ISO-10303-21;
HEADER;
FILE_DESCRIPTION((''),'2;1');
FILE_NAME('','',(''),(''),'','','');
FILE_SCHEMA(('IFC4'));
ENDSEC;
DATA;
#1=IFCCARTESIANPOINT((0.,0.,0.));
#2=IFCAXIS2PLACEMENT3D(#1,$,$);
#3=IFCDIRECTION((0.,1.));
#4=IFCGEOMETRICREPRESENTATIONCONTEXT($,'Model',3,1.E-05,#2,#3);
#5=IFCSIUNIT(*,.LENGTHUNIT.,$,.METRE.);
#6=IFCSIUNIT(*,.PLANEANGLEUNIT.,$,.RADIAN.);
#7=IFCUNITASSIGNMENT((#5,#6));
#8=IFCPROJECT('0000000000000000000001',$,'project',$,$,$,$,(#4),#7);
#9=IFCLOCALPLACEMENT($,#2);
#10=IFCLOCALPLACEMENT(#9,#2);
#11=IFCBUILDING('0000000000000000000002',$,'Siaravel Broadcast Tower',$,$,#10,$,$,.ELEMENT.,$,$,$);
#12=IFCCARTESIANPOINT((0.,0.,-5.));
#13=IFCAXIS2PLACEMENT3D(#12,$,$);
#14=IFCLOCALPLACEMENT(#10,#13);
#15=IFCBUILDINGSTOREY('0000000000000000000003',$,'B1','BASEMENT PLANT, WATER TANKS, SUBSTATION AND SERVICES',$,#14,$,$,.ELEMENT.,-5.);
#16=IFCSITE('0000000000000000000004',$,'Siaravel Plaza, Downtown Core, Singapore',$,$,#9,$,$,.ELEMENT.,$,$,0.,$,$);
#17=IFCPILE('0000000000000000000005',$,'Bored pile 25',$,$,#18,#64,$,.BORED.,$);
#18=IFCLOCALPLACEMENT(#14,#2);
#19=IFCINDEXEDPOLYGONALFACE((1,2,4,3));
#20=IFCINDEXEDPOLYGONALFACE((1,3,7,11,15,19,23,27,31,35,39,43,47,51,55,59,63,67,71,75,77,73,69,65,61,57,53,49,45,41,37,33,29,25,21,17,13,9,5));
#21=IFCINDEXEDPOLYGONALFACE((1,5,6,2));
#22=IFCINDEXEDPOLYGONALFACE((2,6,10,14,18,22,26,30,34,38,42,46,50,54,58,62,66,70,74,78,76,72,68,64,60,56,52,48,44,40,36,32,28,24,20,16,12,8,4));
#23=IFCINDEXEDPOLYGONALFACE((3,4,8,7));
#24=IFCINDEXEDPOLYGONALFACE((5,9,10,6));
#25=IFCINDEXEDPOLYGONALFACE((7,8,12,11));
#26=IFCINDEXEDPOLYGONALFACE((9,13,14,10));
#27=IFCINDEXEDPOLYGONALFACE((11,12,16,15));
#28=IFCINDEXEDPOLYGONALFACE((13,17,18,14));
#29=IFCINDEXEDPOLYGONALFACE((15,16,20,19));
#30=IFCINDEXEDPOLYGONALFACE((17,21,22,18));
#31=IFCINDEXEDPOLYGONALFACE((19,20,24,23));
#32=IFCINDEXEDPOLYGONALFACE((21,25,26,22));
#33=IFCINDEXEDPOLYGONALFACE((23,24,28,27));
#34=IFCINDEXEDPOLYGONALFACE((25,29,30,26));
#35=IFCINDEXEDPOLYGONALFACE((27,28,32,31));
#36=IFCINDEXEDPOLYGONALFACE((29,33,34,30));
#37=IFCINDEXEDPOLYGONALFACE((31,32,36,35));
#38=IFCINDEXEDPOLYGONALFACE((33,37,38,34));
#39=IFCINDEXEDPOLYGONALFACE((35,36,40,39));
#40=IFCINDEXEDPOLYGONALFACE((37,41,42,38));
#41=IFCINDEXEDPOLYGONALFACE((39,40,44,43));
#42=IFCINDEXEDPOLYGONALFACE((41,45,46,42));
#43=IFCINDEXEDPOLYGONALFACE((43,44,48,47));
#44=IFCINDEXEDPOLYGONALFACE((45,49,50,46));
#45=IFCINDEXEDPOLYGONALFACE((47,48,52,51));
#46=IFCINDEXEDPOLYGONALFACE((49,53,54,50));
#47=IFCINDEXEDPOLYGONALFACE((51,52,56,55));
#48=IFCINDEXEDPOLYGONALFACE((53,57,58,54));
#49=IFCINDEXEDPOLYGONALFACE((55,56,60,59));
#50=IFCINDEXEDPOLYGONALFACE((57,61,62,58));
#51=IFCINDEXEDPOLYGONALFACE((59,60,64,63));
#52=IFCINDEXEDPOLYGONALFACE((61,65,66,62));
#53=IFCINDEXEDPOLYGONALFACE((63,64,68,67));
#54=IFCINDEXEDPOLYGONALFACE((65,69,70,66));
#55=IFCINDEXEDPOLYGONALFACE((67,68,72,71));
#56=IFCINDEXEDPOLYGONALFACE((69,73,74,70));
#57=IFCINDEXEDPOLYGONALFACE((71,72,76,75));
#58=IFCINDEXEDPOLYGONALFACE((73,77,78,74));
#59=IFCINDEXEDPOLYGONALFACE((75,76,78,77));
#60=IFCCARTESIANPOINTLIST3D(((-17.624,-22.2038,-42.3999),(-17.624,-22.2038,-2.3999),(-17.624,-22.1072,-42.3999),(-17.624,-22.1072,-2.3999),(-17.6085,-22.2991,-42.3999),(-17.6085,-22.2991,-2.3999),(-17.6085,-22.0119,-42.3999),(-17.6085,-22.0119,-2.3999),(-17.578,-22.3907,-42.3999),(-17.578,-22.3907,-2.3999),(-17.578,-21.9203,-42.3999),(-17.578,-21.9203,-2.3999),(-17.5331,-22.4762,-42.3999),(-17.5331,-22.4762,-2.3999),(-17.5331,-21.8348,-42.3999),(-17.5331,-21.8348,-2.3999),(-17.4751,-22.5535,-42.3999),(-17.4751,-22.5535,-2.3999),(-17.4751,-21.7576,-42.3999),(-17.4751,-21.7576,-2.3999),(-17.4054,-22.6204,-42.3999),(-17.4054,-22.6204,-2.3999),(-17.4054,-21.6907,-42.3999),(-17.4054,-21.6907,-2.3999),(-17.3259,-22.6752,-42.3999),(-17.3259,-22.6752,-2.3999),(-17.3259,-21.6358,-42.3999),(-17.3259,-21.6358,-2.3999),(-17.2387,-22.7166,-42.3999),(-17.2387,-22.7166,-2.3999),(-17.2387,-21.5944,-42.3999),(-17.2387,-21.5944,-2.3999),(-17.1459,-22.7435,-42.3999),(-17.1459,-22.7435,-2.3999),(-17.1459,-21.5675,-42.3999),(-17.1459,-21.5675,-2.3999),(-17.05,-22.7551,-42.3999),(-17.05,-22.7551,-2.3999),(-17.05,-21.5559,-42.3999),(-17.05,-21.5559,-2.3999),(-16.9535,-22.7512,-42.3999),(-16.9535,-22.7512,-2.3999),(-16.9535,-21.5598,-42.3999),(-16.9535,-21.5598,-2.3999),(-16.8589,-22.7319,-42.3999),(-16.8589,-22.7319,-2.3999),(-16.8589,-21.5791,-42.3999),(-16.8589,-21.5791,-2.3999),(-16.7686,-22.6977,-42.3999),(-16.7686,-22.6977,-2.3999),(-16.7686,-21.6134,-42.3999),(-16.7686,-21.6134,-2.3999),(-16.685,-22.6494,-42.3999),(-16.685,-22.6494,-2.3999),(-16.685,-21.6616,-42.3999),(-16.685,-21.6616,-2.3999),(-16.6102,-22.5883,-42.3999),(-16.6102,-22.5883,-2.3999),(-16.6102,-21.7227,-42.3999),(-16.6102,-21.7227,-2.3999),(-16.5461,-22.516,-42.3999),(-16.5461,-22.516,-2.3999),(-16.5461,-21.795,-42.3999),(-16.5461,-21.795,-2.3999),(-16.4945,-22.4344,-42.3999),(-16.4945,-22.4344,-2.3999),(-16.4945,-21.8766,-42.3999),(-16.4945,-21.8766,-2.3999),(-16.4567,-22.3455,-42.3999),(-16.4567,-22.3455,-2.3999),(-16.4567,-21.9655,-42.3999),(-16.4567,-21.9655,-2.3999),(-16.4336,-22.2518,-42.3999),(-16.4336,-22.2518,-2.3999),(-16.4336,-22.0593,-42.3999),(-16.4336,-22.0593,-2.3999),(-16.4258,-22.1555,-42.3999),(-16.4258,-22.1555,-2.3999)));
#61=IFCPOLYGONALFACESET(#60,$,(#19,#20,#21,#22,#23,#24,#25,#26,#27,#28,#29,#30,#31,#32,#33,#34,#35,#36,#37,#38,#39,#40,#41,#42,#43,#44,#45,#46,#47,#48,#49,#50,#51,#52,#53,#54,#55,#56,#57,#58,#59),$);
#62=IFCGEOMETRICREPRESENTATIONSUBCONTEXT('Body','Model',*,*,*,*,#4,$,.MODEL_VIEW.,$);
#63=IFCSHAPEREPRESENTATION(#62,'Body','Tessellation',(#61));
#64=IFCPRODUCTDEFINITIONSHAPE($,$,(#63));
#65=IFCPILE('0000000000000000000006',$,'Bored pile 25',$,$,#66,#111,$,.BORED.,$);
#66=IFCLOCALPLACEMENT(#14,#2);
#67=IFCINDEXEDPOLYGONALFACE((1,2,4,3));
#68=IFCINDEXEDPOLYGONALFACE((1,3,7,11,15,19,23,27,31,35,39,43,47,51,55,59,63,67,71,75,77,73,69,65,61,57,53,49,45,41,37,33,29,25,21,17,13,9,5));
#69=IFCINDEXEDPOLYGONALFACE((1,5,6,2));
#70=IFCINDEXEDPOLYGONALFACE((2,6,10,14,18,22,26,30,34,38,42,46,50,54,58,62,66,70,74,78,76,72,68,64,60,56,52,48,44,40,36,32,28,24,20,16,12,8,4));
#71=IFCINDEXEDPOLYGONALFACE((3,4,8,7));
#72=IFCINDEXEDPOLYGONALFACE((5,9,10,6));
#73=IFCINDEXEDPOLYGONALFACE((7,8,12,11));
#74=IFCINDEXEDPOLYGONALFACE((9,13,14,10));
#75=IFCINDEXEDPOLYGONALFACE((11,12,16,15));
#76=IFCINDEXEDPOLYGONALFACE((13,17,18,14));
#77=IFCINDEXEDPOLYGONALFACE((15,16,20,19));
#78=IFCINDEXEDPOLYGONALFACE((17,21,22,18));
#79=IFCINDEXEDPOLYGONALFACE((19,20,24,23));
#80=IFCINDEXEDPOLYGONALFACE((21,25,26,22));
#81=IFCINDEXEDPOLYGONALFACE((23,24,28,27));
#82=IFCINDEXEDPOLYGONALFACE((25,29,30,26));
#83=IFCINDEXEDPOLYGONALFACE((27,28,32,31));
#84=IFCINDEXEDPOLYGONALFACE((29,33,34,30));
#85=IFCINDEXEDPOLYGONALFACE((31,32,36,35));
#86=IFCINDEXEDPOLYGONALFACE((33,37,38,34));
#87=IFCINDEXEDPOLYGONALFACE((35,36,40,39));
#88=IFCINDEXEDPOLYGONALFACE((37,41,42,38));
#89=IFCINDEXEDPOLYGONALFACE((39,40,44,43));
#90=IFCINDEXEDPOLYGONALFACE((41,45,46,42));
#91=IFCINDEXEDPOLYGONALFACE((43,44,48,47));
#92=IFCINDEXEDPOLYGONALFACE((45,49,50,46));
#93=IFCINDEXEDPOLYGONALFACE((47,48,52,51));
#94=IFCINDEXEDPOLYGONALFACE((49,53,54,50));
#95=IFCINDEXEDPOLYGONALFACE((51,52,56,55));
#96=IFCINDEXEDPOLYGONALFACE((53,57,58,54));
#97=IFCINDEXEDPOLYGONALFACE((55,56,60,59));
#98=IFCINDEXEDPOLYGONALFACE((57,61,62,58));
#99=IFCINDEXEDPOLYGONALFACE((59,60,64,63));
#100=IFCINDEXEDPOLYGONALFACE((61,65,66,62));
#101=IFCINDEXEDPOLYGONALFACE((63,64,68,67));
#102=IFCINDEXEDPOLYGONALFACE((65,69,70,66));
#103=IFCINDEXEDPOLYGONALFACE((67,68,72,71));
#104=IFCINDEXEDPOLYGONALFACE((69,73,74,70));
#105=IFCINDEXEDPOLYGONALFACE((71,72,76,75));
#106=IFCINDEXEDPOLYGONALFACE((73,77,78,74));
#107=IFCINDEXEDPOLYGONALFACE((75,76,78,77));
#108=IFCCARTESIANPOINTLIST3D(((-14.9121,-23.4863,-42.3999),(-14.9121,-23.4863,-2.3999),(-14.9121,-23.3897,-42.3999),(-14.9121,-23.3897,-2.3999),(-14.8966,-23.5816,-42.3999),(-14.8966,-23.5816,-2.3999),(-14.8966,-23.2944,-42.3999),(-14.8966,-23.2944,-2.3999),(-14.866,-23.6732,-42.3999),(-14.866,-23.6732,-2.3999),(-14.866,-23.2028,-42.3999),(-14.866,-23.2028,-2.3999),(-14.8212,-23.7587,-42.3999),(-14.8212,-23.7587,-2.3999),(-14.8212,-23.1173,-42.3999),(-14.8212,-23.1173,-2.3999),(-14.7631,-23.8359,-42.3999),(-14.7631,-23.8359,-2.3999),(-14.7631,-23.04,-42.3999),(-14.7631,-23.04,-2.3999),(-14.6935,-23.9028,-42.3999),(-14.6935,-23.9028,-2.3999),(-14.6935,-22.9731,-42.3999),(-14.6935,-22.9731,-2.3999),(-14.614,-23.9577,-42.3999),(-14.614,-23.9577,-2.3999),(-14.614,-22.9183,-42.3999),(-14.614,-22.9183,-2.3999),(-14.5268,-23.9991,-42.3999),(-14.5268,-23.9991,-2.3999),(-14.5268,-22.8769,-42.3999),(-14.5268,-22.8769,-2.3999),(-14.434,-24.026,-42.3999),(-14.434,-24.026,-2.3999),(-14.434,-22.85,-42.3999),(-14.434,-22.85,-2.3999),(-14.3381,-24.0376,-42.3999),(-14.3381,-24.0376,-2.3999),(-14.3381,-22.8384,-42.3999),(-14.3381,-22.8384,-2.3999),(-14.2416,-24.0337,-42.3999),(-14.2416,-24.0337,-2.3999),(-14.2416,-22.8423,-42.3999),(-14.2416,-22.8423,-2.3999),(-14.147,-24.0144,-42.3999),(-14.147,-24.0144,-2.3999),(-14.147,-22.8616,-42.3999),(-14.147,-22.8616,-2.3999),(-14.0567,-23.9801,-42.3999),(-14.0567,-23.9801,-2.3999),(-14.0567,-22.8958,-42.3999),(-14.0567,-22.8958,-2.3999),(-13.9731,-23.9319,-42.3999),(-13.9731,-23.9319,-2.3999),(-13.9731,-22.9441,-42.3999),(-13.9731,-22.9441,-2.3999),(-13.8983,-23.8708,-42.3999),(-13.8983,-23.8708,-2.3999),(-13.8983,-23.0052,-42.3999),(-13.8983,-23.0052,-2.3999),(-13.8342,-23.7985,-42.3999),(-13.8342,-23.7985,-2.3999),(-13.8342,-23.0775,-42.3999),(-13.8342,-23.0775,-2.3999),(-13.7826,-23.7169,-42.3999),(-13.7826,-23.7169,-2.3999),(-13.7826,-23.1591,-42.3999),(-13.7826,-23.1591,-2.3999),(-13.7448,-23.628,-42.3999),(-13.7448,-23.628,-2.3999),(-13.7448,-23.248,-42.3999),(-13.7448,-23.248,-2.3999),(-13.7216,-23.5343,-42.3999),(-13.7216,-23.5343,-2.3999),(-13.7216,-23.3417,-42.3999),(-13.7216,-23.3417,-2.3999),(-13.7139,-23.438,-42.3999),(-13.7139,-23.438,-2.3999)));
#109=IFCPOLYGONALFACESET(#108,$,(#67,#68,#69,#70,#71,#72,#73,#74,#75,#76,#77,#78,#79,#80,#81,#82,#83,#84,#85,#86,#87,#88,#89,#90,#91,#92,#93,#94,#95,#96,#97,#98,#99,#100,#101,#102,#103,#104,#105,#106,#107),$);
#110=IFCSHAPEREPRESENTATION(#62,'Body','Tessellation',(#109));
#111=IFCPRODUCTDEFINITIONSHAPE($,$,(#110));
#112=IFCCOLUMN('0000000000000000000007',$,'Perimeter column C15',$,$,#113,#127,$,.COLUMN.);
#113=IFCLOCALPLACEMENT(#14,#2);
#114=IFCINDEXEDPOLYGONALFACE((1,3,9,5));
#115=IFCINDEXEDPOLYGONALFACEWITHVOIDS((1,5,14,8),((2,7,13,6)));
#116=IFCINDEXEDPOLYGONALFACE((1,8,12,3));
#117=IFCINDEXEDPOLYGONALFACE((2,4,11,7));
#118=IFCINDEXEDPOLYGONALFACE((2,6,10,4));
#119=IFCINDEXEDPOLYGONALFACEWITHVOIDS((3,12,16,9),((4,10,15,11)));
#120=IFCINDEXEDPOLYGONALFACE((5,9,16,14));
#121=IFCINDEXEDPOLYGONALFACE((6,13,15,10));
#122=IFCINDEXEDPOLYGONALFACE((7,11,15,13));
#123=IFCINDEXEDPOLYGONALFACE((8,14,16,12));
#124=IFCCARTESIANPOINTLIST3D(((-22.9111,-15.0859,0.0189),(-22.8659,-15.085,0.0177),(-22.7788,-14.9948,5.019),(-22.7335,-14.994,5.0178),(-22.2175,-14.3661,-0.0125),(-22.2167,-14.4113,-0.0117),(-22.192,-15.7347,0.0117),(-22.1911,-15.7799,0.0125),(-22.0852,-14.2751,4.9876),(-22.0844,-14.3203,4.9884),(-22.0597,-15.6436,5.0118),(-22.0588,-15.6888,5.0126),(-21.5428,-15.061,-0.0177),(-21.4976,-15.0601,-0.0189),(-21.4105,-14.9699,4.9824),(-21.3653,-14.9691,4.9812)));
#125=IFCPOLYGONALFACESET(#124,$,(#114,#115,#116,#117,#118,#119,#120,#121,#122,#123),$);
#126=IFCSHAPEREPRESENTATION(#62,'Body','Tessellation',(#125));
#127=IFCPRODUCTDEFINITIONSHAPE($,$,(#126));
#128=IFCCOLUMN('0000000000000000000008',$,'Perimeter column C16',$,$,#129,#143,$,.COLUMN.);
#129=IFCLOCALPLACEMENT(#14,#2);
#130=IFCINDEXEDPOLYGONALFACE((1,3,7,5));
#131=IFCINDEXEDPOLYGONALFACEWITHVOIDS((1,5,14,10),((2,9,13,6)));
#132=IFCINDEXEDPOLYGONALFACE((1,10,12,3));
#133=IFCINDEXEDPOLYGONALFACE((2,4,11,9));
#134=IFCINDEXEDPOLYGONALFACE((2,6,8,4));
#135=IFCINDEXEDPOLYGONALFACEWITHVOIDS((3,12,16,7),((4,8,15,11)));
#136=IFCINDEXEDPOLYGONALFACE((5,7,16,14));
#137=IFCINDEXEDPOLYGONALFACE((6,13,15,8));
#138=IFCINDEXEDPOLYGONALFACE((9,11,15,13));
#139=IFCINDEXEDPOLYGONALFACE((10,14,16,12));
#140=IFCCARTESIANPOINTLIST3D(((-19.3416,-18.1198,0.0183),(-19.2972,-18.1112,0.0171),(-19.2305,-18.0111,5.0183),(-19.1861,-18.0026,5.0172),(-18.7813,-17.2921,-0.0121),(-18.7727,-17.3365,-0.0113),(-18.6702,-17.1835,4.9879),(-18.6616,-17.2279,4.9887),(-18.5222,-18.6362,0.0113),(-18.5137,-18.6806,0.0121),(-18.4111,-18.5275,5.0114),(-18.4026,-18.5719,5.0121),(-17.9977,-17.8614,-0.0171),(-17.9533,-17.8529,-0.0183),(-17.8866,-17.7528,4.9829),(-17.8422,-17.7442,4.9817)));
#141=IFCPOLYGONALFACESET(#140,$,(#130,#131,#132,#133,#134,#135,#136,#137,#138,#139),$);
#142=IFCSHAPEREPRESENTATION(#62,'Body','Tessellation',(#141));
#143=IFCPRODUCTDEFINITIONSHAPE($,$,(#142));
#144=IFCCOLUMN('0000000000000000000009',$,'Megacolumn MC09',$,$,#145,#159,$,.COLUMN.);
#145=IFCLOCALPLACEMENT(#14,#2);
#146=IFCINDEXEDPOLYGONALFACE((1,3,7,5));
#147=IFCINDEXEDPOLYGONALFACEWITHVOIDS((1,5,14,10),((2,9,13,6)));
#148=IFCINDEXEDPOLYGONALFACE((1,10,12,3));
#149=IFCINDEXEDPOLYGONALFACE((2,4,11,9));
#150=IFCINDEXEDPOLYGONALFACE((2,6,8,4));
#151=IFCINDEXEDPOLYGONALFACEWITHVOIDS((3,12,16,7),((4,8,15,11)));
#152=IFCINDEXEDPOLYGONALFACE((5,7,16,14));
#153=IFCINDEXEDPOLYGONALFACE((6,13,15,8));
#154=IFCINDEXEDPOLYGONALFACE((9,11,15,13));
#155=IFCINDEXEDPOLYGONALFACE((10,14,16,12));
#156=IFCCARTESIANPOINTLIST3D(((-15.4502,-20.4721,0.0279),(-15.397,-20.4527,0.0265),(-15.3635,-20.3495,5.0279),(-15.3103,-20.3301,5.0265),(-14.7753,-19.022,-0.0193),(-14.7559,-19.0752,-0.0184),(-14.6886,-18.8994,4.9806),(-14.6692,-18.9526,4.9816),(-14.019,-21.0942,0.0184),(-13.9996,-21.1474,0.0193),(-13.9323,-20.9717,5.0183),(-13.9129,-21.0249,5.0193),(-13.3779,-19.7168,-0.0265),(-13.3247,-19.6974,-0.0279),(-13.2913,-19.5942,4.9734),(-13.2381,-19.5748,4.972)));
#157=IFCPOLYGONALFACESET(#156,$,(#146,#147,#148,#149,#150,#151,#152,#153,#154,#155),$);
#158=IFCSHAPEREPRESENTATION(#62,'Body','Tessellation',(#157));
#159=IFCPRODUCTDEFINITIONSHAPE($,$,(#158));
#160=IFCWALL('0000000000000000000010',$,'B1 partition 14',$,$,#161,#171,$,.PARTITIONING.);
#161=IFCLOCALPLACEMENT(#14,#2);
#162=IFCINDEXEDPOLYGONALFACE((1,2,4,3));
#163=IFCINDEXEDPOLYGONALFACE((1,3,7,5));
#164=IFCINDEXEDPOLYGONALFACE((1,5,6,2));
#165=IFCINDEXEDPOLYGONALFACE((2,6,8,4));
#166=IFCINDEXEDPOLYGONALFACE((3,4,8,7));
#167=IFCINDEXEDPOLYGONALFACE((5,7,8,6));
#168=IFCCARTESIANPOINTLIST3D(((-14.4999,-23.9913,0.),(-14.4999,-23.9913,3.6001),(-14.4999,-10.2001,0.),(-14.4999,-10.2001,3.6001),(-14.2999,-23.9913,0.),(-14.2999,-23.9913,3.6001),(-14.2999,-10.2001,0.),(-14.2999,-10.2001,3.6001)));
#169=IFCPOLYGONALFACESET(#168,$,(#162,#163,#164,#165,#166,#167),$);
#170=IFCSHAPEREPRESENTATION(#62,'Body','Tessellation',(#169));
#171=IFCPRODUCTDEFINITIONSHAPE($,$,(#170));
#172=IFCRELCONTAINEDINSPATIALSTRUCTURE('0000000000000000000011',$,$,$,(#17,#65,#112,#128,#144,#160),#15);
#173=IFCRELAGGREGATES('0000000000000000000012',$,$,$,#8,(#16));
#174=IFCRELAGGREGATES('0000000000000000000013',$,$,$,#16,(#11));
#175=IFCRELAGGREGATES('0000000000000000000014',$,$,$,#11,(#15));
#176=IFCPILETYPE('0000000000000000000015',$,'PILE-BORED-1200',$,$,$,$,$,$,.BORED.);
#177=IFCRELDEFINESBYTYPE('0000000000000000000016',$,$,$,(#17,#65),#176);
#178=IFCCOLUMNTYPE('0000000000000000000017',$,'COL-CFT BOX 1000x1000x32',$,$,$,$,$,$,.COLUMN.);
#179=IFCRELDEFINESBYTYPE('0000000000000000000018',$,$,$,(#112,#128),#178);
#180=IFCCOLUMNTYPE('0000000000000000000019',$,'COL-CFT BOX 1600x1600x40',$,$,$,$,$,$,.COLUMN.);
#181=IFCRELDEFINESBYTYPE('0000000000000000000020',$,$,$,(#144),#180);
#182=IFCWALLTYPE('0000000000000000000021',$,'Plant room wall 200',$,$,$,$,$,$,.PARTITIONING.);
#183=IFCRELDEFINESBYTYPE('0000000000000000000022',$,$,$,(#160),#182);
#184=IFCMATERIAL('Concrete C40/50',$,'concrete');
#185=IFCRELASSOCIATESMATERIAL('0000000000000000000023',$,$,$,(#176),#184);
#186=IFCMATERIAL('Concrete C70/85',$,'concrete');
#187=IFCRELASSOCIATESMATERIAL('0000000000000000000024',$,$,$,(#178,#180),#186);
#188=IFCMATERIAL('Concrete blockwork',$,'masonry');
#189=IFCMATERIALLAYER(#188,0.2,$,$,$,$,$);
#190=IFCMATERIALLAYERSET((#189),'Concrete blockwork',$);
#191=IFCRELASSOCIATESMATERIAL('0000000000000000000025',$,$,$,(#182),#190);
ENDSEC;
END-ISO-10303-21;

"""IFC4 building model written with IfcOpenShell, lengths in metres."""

from ifc_helpers import new_model, si_unit, direction, frame, frame_2d, origin, origin_2d, place, context, subcontext, project, spatial, rectangle, hollow_rectangle, circle, extrude, material, layer, layer_set, material_profile, profile_set, type_object, element, save


model = new_model("IFC4")

# Units and contexts
model_context = context("Model", 3, precision=1e-05, world=origin(), true_north=direction((0.0, 1.0)))
body_context = subcontext(model_context, "Body", "Model", "MODEL_VIEW")
ifc_project = project(units=[si_unit("LENGTHUNIT", "METRE"), si_unit("PLANEANGLEUNIT", "RADIAN")], contexts=[model_context])

# Site, building, storey
site_placement = place(None, origin())
site = spatial("IfcSite", under=ifc_project, at=site_placement, Name="Siaravel Plaza, Downtown Core, Singapore", CompositionType="ELEMENT", RefElevation=0.0)
building_placement = place(site_placement, origin())
building = spatial("IfcBuilding", under=site, at=building_placement, Name="Siaravel Broadcast Tower", CompositionType="ELEMENT")
storey_placement = place(building_placement, frame((0.0, 0.0, -5.0)))
storey = spatial("IfcBuildingStorey", under=building, at=storey_placement, Name="B1", Description="BASEMENT PLANT, WATER TANKS, SUBSTATION AND SERVICES", CompositionType="ELEMENT", Elevation=-5.0)

# Shared definitions
ifc_material_1 = material(Name="Concrete C40/50", Category="concrete")

# Piles
ifc_material_profile_1 = material_profile(ifc_material_1, circle(Radius=0.6001, at=origin_2d()))
ifc_profile_set_1 = profile_set([ifc_material_profile_1], Name="Concrete C40/50")
pile_type = type_object("IfcPileType", Name="PILE-BORED-1200", PredefinedType="BORED", material=ifc_profile_set_1)
for number, where, z_axis, x_axis, name in (
    (1, (-17.0259, -22.1555, -2.3999), (0.0, 0.0, -1.0), (1.0, 0.0, 0.0), "Bored pile 25"),
    (2, (-14.314, -23.438, -2.3999), (0.0, 0.0, -1.0), (1.0, 0.0, 0.0), "Bored pile 25"),
):
    element("IfcPile", number, at=place(storey_placement, frame(where, z_axis=z_axis, x_axis=x_axis)), inside=storey, type_object=pile_type, Name=name, PredefinedType="BORED", context=body_context, shape_type="SweptSolid", body=[
        extrude(circle(Radius=0.6001, at=origin_2d()), origin(), (0.0, 0.0, 1.0), 40.0),
    ])

# Columns
ifc_material_2 = material(Name="Concrete C70/85", Category="concrete")
ifc_material_profile_2 = material_profile(ifc_material_2, hollow_rectangle(XDim=1.0, YDim=1.0, WallThickness=0.032, at=origin_2d()))
ifc_profile_set_2 = profile_set([ifc_material_profile_2], Name="Concrete C70/85")
column_type_1 = type_object("IfcColumnType", Name="COL-CFT BOX 1000x1000x32", PredefinedType="COLUMN", material=ifc_profile_set_2)
column_1_placement = place(storey_placement, frame((-22.2043, -15.073, 0.0), z_axis=(0.026451, 0.018203, 0.999484), x_axis=(-0.719939, 0.694008, 0.006413)))
element("IfcColumn", 3, at=column_1_placement, inside=storey, type_object=column_type_1, Name="Perimeter column C15", PredefinedType="COLUMN", context=body_context, shape_type="SweptSolid", body=[
    extrude(hollow_rectangle(XDim=1.0, YDim=1.0, WallThickness=0.032, at=origin_2d()), origin(), (0.0, 0.0, 1.0), 5.0027),
])
column_2_placement = place(storey_placement, frame((-18.6475, -17.9863, 0.0), z_axis=(0.022206, 0.021718, 0.999517), x_axis=(-0.827946, 0.560773, 0.00621)))
element("IfcColumn", 4, at=column_2_placement, inside=storey, type_object=column_type_1, Name="Perimeter column C16", PredefinedType="COLUMN", context=body_context, shape_type="SweptSolid", body=[
    extrude(hollow_rectangle(XDim=1.0, YDim=1.0, WallThickness=0.032, at=origin_2d()), origin(), (0.0, 0.0, 1.0), 5.0024),
])
ifc_material_profile_3 = material_profile(ifc_material_2, hollow_rectangle(XDim=1.6001, YDim=1.6001, WallThickness=0.04, at=origin_2d()))
ifc_profile_set_3 = profile_set([ifc_material_profile_3], Name="Concrete C70/85")
column_type_2 = type_object("IfcColumnType", Name="COL-CFT BOX 1600x1600x40", PredefinedType="COLUMN", material=ifc_profile_set_3)
column_3_placement = place(storey_placement, frame((-14.3875, -20.0847, 0.0), z_axis=(0.017326, 0.024501, 0.99955), x_axis=(-0.906542, 0.422081, 0.005368)))
element("IfcColumn", 5, at=column_3_placement, inside=storey, type_object=column_type_2, Name="Megacolumn MC09", PredefinedType="COLUMN", context=body_context, shape_type="SweptSolid", body=[
    extrude(hollow_rectangle(XDim=1.6001, YDim=1.6001, WallThickness=0.04, at=origin_2d()), origin(), (0.0, 0.0, 1.0), 5.0022),
])

# Wall
ifc_material_3 = material(Name="Concrete blockwork", Category="masonry")
ifc_layer = layer(ifc_material_3, 0.2)
ifc_layer_set = layer_set([ifc_layer], Name="Concrete blockwork")
wall_type = type_object("IfcWallType", Name="Plant room wall 200", PredefinedType="PARTITIONING", material=ifc_layer_set)
wall_placement = place(storey_placement, frame((-14.3999, -23.9912, 0.0), z_axis=(0.0, 0.0, 1.0), x_axis=(0.0, 1.0, 0.0)))
element("IfcWall", 6, at=wall_placement, inside=storey, type_object=wall_type, Name="B1 partition 14", PredefinedType="PARTITIONING", context=body_context, shape_type="SweptSolid", body=[
    extrude(rectangle(XDim=13.7913, YDim=0.2, at=frame_2d((6.8955, 0.0))), origin(), (0.0, 0.0, 1.0), 3.6001),
])

save(model, "model.ifc")
